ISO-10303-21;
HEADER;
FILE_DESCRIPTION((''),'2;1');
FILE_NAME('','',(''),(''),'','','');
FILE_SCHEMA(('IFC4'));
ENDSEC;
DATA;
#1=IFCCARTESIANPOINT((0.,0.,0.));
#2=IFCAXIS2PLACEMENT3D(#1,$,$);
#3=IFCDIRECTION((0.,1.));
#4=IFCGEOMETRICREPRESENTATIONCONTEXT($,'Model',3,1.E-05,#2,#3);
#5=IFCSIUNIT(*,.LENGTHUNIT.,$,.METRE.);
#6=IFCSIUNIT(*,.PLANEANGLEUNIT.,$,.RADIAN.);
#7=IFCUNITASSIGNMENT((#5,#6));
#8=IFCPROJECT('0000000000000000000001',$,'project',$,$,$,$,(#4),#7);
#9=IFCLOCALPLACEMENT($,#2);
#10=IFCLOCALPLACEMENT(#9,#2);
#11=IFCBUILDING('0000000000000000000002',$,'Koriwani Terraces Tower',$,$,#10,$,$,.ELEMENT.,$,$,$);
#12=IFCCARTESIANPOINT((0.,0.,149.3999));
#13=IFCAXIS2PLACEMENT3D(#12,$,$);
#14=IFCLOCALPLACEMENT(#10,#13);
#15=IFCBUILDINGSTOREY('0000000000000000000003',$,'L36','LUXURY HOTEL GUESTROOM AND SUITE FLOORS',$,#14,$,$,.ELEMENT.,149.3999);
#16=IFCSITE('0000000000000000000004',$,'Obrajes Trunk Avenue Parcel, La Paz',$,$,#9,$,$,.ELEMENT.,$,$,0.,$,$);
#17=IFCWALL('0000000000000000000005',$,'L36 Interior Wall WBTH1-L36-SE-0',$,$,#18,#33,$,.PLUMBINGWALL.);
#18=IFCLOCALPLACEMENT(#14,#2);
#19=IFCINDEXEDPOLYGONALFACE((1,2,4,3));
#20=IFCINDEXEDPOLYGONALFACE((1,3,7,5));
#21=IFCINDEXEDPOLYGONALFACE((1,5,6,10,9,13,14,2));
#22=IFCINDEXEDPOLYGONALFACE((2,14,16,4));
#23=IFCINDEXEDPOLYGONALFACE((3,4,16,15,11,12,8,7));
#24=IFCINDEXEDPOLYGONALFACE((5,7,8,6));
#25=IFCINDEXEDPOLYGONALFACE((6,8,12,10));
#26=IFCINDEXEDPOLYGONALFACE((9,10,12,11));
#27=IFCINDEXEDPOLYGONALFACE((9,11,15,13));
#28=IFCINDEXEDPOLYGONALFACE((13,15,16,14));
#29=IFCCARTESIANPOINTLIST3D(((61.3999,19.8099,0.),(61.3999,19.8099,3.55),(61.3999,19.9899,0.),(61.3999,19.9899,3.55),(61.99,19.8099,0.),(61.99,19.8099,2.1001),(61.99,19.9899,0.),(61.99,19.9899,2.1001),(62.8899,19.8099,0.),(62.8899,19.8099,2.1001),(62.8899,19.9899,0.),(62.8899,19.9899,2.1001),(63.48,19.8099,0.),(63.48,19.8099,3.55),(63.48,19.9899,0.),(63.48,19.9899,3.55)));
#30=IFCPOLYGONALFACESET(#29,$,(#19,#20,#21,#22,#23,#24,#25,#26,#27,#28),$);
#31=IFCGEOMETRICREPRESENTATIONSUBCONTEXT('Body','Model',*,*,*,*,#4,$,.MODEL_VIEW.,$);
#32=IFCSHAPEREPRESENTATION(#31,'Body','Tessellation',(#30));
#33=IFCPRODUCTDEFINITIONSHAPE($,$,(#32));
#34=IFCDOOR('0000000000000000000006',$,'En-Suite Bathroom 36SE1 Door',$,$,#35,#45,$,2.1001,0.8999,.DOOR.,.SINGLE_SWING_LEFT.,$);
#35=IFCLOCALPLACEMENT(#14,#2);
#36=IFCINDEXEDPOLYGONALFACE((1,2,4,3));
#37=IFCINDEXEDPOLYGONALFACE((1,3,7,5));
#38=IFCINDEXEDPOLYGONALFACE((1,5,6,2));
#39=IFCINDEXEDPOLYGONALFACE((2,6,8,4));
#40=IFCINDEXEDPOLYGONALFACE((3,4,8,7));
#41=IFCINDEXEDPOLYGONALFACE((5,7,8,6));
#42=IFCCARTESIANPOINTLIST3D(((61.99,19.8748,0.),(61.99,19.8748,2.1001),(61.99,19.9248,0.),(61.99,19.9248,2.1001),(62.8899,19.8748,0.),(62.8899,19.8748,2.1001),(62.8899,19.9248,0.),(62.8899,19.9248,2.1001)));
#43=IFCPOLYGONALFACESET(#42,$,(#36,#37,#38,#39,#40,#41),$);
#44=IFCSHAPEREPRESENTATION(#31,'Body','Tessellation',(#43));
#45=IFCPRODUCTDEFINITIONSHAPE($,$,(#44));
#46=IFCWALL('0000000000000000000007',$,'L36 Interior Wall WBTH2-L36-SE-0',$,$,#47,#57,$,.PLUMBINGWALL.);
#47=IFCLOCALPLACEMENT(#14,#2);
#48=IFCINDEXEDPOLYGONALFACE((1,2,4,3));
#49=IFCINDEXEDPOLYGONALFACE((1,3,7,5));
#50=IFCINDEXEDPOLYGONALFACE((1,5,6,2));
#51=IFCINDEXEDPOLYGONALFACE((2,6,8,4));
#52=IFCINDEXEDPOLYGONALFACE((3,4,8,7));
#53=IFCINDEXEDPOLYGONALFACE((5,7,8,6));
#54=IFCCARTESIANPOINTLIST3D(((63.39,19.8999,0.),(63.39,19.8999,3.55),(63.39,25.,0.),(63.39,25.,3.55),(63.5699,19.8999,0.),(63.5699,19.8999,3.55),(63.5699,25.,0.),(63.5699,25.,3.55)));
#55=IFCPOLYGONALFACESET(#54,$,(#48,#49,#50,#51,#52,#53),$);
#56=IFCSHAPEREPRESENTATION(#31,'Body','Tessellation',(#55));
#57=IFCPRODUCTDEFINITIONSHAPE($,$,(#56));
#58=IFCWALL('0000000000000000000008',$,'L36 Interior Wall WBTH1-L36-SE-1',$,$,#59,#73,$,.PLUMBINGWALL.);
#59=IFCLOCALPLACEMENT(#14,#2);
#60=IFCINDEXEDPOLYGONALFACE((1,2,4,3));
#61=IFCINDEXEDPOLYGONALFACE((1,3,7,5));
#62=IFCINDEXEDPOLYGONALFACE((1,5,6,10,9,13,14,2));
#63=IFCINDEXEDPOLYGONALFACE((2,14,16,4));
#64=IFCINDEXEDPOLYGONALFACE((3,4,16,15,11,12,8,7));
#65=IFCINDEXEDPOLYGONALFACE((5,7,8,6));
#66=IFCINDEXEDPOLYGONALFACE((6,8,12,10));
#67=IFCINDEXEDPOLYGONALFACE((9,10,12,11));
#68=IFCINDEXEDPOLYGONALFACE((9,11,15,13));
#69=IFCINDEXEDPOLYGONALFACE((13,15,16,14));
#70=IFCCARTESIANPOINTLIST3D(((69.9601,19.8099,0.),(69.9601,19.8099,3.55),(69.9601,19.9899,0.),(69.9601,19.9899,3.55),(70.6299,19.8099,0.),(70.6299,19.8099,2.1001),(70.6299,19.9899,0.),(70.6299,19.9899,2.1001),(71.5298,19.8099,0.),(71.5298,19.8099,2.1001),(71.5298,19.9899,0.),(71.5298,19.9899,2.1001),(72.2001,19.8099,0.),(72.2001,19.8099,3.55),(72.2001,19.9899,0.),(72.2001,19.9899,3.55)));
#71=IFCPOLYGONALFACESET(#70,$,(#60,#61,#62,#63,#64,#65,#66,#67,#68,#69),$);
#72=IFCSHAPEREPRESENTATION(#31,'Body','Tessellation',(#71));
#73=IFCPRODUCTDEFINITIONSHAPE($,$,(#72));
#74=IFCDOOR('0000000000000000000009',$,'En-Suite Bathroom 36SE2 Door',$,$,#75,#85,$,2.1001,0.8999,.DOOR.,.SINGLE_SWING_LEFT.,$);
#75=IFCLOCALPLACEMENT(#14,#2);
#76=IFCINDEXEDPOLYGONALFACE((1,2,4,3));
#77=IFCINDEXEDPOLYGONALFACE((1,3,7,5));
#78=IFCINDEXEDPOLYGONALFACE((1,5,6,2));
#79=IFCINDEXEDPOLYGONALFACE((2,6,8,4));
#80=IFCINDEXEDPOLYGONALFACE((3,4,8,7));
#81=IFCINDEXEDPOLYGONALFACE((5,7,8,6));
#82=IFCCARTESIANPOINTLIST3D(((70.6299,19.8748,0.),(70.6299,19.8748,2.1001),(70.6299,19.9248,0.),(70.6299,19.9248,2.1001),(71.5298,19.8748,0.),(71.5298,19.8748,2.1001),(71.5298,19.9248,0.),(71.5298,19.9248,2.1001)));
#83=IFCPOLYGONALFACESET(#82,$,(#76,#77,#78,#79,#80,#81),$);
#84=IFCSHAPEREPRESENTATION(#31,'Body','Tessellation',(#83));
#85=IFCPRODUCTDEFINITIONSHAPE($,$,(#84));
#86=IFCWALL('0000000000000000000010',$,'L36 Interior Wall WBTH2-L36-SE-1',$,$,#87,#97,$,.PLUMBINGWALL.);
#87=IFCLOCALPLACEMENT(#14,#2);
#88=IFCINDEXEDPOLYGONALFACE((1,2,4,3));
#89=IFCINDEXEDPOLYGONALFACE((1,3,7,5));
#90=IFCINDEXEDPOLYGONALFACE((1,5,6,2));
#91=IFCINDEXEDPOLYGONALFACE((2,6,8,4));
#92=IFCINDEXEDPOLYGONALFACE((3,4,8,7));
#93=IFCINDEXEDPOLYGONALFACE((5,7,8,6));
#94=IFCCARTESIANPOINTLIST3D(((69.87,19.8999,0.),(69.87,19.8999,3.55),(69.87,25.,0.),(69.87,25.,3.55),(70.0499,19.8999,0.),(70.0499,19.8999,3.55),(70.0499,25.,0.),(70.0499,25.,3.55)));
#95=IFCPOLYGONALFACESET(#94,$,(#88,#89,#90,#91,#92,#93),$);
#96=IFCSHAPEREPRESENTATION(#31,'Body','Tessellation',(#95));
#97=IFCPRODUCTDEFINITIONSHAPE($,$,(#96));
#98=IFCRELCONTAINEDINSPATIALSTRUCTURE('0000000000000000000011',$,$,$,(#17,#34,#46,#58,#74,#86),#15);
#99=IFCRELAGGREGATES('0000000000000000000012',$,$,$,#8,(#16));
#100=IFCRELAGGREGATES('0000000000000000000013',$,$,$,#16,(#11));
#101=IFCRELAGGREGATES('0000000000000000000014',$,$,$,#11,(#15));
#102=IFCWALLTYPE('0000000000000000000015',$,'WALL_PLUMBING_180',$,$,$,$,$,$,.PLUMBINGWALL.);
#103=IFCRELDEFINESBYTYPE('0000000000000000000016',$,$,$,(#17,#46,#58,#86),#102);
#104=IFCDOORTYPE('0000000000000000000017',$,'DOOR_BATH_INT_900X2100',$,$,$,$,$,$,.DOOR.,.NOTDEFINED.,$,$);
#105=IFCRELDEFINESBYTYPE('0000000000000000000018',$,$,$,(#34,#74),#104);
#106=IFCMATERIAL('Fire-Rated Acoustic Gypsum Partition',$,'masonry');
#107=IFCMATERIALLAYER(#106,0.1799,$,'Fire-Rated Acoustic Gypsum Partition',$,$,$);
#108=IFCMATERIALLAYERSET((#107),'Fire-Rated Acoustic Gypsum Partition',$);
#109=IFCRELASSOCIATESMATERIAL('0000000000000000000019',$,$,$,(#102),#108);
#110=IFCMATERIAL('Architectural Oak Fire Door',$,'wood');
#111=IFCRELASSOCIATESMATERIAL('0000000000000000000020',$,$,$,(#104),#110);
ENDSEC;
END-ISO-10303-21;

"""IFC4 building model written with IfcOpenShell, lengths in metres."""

from ifc_helpers import new_model, si_unit, direction, frame, frame_2d, origin, place, context, subcontext, project, spatial, rectangle, extrude, material, layer, layer_set, type_object, element, fill, save


model = new_model("IFC4")

# Units and contexts
model_context = context("Model", 3, precision=1e-05, world=origin(), true_north=direction((0.0, 1.0)))
body_context = subcontext(model_context, "Body", "Model", "MODEL_VIEW")
ifc_project = project(units=[si_unit("LENGTHUNIT", "METRE"), si_unit("PLANEANGLEUNIT", "RADIAN")], contexts=[model_context])

# Site, building, storey
site_placement = place(None, origin())
site = spatial("IfcSite", under=ifc_project, at=site_placement, Name="Obrajes Trunk Avenue Parcel, La Paz", CompositionType="ELEMENT", RefElevation=0.0)
building_placement = place(site_placement, origin())
building = spatial("IfcBuilding", under=site, at=building_placement, Name="Koriwani Terraces Tower", CompositionType="ELEMENT")
storey_placement = place(building_placement, frame((0.0, 0.0, 149.3999)))
storey = spatial("IfcBuildingStorey", under=building, at=storey_placement, Name="L36", Description="LUXURY HOTEL GUESTROOM AND SUITE FLOORS", CompositionType="ELEMENT", Elevation=149.3999)

# Shared definitions
ifc_material_1 = material(Name="Architectural Oak Fire Door", Category="wood")

# Wall, opening, door
ifc_material_2 = material(Name="Fire-Rated Acoustic Gypsum Partition", Category="masonry")
ifc_layer_1 = layer(ifc_material_2, 0.1799, Name="Fire-Rated Acoustic Gypsum Partition")
ifc_layer_set_1 = layer_set([ifc_layer_1], Name="Fire-Rated Acoustic Gypsum Partition")
wall_type_1 = type_object("IfcWallType", Name="WALL_PLUMBING_180", PredefinedType="PLUMBINGWALL", material=ifc_layer_set_1)
wall_1_placement = place(storey_placement, frame((61.3999, 19.8999, 0.0), z_axis=(0.0, 0.0, 1.0), x_axis=(1.0, 0.0, 0.0)))
wall_1 = element("IfcWall", 1, at=wall_1_placement, inside=storey, type_object=wall_type_1, Name="L36 Interior Wall WBTH1-L36-SE-0", PredefinedType="PLUMBINGWALL", context=body_context, shape_type="SweptSolid", body=[
    extrude(rectangle(XDim=2.0801, YDim=0.1799, at=frame_2d((1.04, 0.0))), origin(), (0.0, 0.0, 1.0), 3.55),
])
opening_1_placement = place(wall_1_placement, frame((0.5901, 0.0, 0.0)))
opening_1 = element("IfcOpeningElement", 2, at=opening_1_placement, cuts=wall_1, PredefinedType="OPENING", context=body_context, shape_type="SweptSolid", body=[
    extrude(rectangle(XDim=0.8999, YDim=2.1001, at=frame_2d((0.45, 1.05))), frame((0.0, 0.1001, 0.0), z_axis=(0.0, -1.0, 0.0), x_axis=(1.0, 0.0, 0.0)), (0.0, 0.0, 1.0), 0.2),
])
door_type_1 = type_object("IfcDoorType", Name="DOOR_BATH_INT_900X2100", OperationType="NOTDEFINED", PredefinedType="DOOR", material=ifc_material_1)
door_1_placement = place(opening_1_placement, origin())
door_1 = element("IfcDoor", 3, at=door_1_placement, inside=storey, type_object=door_type_1, Name="En-Suite Bathroom 36SE1 Door", OperationType="SINGLE_SWING_LEFT", OverallHeight=2.1001, OverallWidth=0.8999, PredefinedType="DOOR", context=body_context, shape_type="SweptSolid", body=[
    extrude(rectangle(XDim=0.8999, YDim=2.1001, at=frame_2d((0.45, 1.05))), frame((0.0, 0.0249, 0.0), z_axis=(0.0, -1.0, 0.0), x_axis=(1.0, 0.0, 0.0)), (0.0, 0.0, 1.0), 0.05),
])
fill(opening_1, door_1)

# Wall
wall_2_placement = place(storey_placement, frame((63.48, 19.8999, 0.0), z_axis=(0.0, 0.0, 1.0), x_axis=(0.0, 1.0, 0.0)))
element("IfcWall", 4, at=wall_2_placement, inside=storey, type_object=wall_type_1, Name="L36 Interior Wall WBTH2-L36-SE-0", PredefinedType="PLUMBINGWALL", context=body_context, shape_type="SweptSolid", body=[
    extrude(rectangle(XDim=5.1001, YDim=0.1799, at=frame_2d((2.55, 0.0))), origin(), (0.0, 0.0, 1.0), 3.55),
])

# Wall, opening, door
wall_3_placement = place(storey_placement, frame((69.96, 19.8999, 0.0), z_axis=(0.0, 0.0, 1.0), x_axis=(1.0, 0.0, 0.0)))
wall_3 = element("IfcWall", 5, at=wall_3_placement, inside=storey, type_object=wall_type_1, Name="L36 Interior Wall WBTH1-L36-SE-1", PredefinedType="PLUMBINGWALL", context=body_context, shape_type="SweptSolid", body=[
    extrude(rectangle(XDim=2.24, YDim=0.1799, at=frame_2d((1.1201, 0.0))), origin(), (0.0, 0.0, 1.0), 3.55),
])
opening_2_placement = place(wall_3_placement, frame((0.6699, 0.0, 0.0)))
opening_2 = element("IfcOpeningElement", 6, at=opening_2_placement, cuts=wall_3, PredefinedType="OPENING", context=body_context, shape_type="SweptSolid", body=[
    extrude(rectangle(XDim=0.8999, YDim=2.1001, at=frame_2d((0.45, 1.05))), frame((0.0, 0.1001, 0.0), z_axis=(0.0, -1.0, 0.0), x_axis=(1.0, 0.0, 0.0)), (0.0, 0.0, 1.0), 0.2),
])
door_2_placement = place(opening_2_placement, origin())
door_2 = element("IfcDoor", 7, at=door_2_placement, inside=storey, type_object=door_type_1, Name="En-Suite Bathroom 36SE2 Door", OperationType="SINGLE_SWING_LEFT", OverallHeight=2.1001, OverallWidth=0.8999, PredefinedType="DOOR", context=body_context, shape_type="SweptSolid", body=[
    extrude(rectangle(XDim=0.8999, YDim=2.1001, at=frame_2d((0.45, 1.05))), frame((0.0, 0.0249, 0.0), z_axis=(0.0, -1.0, 0.0), x_axis=(1.0, 0.0, 0.0)), (0.0, 0.0, 1.0), 0.05),
])
fill(opening_2, door_2)

# Wall
wall_4_placement = place(storey_placement, frame((69.96, 19.8999, 0.0), z_axis=(0.0, 0.0, 1.0), x_axis=(0.0, 1.0, 0.0)))
element("IfcWall", 8, at=wall_4_placement, inside=storey, type_object=wall_type_1, Name="L36 Interior Wall WBTH2-L36-SE-1", PredefinedType="PLUMBINGWALL", context=body_context, shape_type="SweptSolid", body=[
    extrude(rectangle(XDim=5.1001, YDim=0.1799, at=frame_2d((2.55, 0.0))), origin(), (0.0, 0.0, 1.0), 3.55),
])

save(model, "model.ifc")
